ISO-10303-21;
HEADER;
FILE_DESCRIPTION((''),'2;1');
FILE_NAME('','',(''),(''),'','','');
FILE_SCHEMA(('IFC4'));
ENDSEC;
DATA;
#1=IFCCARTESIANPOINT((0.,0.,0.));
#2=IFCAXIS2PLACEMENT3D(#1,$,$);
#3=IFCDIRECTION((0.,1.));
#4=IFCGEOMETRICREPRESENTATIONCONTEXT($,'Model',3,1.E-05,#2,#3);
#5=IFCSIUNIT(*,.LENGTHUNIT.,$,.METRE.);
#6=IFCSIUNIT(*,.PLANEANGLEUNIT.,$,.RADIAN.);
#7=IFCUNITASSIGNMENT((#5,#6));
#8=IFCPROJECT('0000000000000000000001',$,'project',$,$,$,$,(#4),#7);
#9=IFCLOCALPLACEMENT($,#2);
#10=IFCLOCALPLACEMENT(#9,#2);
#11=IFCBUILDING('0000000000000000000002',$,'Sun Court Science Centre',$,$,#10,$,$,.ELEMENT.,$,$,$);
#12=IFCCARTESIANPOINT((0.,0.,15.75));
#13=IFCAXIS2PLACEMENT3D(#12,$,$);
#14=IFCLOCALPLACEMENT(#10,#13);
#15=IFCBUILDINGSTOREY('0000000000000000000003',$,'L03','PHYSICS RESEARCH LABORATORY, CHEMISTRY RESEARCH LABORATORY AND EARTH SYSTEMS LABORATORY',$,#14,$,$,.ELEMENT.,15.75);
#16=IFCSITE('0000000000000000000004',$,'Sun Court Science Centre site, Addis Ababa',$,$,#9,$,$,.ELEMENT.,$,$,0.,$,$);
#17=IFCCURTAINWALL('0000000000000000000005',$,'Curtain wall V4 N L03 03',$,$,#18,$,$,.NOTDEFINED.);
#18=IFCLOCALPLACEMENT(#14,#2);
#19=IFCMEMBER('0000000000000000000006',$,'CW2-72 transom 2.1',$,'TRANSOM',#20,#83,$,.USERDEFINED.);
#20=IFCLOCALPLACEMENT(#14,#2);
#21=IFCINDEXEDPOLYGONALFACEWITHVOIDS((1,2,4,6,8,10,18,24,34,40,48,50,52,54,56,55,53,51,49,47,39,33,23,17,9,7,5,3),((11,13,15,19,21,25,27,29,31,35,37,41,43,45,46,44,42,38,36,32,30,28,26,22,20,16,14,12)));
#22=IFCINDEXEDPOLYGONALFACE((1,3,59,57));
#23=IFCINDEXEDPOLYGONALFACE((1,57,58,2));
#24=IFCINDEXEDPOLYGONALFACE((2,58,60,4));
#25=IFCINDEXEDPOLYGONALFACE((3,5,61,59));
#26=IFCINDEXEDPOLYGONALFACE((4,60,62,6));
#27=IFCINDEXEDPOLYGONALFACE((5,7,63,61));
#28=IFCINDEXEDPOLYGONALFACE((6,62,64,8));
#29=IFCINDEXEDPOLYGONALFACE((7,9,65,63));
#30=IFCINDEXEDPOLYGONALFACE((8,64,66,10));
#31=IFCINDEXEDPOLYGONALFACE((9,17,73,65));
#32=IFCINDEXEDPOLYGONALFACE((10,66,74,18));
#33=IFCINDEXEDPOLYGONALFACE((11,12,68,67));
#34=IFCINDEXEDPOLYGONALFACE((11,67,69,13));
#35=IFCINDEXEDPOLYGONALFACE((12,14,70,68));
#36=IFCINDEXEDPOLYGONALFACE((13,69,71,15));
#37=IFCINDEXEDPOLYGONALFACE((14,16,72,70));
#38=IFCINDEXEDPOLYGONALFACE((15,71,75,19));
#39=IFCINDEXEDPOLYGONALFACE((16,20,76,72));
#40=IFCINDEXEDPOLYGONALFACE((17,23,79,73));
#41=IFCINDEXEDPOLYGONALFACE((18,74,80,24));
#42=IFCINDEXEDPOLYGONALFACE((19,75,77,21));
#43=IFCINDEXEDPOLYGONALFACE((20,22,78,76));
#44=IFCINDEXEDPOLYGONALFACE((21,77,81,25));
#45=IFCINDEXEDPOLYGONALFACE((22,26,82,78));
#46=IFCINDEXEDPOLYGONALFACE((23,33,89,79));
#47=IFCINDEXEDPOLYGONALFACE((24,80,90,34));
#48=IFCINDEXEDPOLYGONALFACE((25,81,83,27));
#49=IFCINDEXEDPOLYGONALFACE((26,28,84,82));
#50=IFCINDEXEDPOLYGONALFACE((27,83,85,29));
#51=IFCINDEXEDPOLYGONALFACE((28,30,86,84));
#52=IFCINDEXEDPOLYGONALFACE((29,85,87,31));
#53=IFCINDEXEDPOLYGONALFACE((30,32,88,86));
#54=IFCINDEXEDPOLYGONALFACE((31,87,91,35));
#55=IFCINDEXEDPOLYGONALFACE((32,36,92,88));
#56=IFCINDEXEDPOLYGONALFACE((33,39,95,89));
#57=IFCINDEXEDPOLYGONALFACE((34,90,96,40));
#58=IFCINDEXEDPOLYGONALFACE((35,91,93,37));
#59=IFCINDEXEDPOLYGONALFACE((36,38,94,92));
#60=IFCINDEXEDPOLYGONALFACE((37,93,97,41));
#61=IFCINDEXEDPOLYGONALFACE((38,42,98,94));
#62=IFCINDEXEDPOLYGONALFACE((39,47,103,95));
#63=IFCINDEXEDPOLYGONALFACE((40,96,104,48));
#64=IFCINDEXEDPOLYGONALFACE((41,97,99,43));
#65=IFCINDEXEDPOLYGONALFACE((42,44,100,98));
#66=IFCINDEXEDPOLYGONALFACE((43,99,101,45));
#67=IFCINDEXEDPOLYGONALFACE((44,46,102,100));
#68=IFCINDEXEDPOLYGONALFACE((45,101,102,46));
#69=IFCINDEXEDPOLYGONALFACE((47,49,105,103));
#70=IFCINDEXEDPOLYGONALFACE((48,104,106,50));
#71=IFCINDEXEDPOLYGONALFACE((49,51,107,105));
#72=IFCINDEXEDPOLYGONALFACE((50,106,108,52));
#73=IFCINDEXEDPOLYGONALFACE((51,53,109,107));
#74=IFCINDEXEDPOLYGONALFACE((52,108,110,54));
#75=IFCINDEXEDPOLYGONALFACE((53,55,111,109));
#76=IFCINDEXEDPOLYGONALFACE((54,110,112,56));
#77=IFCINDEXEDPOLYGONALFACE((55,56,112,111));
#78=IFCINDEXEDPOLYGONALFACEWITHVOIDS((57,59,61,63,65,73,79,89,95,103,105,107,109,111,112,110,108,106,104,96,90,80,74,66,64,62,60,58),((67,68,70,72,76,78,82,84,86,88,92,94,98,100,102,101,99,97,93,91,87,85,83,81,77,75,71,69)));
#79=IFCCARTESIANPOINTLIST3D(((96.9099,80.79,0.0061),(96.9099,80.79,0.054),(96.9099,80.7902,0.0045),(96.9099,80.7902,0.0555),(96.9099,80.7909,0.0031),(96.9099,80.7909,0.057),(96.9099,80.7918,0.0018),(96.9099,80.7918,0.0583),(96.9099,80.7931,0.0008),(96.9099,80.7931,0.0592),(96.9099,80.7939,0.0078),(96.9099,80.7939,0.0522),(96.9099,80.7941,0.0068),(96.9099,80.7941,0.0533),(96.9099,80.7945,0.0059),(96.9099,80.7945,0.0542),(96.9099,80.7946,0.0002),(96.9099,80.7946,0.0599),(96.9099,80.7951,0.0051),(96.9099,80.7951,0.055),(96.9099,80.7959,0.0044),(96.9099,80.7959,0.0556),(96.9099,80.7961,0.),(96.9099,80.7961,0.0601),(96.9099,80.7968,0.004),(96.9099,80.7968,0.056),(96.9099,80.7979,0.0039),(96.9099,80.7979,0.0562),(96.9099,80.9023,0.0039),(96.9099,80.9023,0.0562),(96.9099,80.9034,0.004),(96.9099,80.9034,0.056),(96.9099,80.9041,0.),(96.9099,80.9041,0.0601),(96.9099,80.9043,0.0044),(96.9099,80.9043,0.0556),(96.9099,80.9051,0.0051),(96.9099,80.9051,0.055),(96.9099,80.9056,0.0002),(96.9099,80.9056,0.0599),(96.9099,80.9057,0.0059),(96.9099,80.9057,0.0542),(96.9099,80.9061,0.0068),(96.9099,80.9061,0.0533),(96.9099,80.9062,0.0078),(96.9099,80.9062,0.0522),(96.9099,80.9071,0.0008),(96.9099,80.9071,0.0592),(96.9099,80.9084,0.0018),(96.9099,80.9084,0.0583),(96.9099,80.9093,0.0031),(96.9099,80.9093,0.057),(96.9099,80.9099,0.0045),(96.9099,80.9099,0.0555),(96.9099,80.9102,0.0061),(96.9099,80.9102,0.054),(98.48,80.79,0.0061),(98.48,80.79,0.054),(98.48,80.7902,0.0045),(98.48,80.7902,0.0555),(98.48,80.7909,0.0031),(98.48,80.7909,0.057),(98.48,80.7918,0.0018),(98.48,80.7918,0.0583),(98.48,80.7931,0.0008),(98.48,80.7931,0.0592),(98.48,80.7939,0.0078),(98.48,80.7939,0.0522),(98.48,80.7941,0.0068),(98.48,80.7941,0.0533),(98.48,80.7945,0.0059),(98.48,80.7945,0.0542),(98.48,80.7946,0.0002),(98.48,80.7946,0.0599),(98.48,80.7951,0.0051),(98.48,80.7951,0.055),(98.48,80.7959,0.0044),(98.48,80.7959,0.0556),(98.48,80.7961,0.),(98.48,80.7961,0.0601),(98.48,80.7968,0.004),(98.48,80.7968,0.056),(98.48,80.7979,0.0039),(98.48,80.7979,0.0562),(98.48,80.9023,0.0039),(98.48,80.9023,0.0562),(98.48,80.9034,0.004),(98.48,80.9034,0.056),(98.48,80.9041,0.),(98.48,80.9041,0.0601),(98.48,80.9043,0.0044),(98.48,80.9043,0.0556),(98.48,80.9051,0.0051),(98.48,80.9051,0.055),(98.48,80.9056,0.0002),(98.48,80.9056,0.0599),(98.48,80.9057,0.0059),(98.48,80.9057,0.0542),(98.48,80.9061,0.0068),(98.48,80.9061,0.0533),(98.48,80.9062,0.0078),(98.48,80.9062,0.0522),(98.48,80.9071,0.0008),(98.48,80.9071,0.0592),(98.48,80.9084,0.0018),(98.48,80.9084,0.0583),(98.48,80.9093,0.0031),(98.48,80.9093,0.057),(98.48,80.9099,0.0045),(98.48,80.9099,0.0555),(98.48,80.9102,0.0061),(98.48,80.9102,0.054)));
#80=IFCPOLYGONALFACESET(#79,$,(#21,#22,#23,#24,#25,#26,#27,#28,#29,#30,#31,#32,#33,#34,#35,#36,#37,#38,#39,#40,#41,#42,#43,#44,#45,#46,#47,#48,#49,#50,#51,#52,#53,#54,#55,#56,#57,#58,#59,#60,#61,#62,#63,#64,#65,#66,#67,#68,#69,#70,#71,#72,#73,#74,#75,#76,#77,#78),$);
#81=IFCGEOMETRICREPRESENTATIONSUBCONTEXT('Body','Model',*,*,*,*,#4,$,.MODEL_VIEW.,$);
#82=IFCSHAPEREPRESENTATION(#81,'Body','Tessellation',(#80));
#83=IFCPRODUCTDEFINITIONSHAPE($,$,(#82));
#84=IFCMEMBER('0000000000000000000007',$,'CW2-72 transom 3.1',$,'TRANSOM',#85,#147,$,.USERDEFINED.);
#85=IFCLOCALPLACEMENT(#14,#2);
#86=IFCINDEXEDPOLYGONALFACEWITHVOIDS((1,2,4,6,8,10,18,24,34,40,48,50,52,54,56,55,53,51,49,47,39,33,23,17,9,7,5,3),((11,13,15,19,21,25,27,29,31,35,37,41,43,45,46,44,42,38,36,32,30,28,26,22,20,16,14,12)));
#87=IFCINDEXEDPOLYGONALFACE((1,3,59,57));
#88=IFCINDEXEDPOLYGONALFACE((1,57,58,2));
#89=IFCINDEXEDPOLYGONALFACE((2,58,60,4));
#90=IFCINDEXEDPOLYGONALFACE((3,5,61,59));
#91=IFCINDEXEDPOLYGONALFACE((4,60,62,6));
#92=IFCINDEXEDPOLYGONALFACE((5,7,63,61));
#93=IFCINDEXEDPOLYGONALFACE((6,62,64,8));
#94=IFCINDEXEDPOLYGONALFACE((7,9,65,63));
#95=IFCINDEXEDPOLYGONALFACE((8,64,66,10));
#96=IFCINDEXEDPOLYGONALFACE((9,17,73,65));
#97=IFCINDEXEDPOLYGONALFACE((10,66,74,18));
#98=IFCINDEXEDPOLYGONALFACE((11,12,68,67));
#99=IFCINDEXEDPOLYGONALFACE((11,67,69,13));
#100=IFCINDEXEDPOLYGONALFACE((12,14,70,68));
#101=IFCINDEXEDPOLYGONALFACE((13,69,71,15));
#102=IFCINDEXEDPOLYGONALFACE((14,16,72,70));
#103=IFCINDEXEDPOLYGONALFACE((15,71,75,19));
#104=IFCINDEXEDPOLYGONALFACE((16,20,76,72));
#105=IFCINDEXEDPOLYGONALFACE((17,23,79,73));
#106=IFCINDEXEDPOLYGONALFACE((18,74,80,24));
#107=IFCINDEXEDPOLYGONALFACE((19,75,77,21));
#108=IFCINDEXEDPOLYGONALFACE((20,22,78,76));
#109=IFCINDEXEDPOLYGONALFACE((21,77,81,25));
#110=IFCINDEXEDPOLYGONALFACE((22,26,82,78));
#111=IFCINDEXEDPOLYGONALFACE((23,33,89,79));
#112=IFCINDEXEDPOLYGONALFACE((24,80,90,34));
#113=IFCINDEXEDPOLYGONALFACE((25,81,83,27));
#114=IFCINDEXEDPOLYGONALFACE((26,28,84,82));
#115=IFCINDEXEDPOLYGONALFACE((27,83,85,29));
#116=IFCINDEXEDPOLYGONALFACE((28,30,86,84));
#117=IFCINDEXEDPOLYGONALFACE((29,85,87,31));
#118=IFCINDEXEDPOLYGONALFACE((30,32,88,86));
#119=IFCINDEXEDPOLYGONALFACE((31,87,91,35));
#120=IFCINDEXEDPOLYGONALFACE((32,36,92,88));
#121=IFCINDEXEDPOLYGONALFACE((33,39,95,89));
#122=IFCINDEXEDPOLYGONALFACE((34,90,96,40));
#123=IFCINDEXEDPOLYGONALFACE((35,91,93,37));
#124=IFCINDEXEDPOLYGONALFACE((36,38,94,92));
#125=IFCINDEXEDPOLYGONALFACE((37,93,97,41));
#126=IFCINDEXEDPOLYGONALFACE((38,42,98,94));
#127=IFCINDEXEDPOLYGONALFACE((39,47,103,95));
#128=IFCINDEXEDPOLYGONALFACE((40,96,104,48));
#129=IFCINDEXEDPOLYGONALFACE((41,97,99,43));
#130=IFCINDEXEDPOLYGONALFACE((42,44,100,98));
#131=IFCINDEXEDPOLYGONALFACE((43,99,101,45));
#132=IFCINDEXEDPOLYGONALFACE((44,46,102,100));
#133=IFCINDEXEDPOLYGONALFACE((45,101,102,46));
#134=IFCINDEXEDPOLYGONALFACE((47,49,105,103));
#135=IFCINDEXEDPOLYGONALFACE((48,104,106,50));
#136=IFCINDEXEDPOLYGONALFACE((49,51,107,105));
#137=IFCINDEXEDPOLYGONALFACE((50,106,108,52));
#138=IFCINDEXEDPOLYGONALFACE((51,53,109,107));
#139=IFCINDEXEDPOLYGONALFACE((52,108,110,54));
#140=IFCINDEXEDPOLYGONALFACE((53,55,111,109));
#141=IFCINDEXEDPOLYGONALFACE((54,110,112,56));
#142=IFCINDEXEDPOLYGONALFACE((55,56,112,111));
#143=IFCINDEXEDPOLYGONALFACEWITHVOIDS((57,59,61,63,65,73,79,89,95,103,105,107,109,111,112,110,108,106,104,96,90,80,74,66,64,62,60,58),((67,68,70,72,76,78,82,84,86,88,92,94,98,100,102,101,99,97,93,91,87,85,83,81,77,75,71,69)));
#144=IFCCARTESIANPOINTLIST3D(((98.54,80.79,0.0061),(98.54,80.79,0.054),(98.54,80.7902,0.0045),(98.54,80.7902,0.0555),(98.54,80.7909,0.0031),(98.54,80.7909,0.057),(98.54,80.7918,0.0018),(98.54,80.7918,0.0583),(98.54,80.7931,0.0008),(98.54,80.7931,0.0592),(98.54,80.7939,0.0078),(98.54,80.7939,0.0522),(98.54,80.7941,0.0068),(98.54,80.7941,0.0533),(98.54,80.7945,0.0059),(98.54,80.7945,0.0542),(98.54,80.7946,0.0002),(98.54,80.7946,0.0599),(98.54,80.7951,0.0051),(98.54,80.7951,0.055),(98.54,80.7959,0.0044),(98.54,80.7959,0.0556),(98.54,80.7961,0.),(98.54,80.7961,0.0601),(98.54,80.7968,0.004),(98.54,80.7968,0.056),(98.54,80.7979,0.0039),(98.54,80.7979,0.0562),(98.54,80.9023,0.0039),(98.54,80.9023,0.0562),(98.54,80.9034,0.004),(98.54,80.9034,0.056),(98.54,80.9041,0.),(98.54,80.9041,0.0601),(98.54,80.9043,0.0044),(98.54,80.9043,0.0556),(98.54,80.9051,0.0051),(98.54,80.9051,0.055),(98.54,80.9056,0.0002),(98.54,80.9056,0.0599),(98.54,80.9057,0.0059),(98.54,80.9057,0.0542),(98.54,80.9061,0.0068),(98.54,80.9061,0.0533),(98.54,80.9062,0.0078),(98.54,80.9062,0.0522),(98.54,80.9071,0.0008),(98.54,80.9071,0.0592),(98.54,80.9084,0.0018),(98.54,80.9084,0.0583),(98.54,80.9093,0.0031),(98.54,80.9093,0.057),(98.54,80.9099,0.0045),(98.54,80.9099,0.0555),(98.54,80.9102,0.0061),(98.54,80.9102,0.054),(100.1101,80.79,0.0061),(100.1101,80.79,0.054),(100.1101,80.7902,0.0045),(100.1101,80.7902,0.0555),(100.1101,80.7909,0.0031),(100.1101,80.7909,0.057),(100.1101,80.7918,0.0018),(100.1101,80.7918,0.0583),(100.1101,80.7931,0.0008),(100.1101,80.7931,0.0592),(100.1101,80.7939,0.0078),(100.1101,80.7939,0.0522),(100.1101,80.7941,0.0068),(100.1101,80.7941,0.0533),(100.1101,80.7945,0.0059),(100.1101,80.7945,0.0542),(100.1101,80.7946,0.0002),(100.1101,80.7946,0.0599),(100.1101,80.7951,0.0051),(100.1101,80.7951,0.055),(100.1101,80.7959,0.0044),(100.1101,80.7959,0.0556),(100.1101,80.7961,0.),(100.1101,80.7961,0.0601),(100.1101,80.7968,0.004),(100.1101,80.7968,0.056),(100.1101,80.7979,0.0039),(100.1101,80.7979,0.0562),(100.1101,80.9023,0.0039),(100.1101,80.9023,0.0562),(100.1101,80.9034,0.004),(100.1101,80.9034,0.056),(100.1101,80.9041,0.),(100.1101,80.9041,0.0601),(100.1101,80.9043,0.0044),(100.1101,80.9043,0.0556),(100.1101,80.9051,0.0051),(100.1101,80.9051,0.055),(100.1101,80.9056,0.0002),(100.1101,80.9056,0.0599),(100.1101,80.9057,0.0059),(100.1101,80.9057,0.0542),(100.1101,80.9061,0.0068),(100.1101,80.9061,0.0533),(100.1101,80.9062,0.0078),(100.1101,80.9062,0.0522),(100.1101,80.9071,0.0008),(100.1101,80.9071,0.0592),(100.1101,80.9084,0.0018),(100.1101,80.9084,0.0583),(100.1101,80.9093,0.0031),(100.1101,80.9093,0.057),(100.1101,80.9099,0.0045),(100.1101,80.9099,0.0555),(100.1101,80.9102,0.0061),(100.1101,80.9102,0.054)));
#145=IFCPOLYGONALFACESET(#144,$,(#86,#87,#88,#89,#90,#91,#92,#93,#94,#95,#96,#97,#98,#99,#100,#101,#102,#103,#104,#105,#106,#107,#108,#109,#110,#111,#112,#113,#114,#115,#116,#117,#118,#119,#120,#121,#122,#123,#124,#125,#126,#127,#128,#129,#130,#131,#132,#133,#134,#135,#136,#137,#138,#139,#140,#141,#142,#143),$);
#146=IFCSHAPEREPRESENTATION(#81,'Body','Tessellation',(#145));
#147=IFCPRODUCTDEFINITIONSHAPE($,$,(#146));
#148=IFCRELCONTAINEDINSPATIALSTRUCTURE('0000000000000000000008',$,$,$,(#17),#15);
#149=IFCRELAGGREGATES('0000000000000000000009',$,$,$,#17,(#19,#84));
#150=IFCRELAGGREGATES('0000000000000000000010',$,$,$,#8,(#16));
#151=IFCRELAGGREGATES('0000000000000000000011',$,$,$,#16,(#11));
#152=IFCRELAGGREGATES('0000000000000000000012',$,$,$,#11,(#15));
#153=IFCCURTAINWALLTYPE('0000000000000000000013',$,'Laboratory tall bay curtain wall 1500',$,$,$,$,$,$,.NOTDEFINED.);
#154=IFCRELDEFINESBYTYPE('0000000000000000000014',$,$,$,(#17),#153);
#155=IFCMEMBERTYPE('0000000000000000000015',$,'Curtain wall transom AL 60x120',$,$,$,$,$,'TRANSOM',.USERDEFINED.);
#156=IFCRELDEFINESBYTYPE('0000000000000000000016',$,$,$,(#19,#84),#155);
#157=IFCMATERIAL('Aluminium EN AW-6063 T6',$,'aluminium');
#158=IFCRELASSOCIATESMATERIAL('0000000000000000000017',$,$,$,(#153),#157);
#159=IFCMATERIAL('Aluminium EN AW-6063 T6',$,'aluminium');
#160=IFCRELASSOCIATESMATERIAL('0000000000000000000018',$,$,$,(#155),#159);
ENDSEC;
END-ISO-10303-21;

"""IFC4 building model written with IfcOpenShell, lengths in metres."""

from ifc_helpers import new_model, si_unit, direction, frame, origin, origin_2d, place, context, subcontext, project, spatial, hollow_rectangle, extrude, material, material_profile, profile_set, type_object, element, aggregate, save


model = new_model("IFC4")

# Units and contexts
model_context = context("Model", 3, precision=1e-05, world=origin(), true_north=direction((0.0, 1.0)))
body_context = subcontext(model_context, "Body", "Model", "MODEL_VIEW")
ifc_project = project(units=[si_unit("LENGTHUNIT", "METRE"), si_unit("PLANEANGLEUNIT", "RADIAN")], contexts=[model_context])

# Site, building, storey
site_placement = place(None, origin())
site = spatial("IfcSite", under=ifc_project, at=site_placement, Name="Sun Court Science Centre site, Addis Ababa", CompositionType="ELEMENT", RefElevation=0.0)
building_placement = place(site_placement, origin())
building = spatial("IfcBuilding", under=site, at=building_placement, Name="Sun Court Science Centre", CompositionType="ELEMENT")
storey_placement = place(building_placement, frame((0.0, 0.0, 15.75)))
storey = spatial("IfcBuildingStorey", under=building, at=storey_placement, Name="L03", Description="PHYSICS RESEARCH LABORATORY, CHEMISTRY RESEARCH LABORATORY AND EARTH SYSTEMS LABORATORY", CompositionType="ELEMENT", Elevation=15.75)

# Shared definitions
ifc_material_1 = material(Name="Aluminium EN AW-6063 T6", Category="aluminium")
curtain_wall_type = type_object("IfcCurtainWallType", Name="Laboratory tall bay curtain wall 1500", PredefinedType="NOTDEFINED", material=ifc_material_1)

# Curtain wall
curtain_wall_1_placement = place(storey_placement, origin())
curtain_wall_1 = element("IfcCurtainWall", 1, at=curtain_wall_1_placement, inside=storey, type_object=curtain_wall_type, Name="Curtain wall V4 N L03 03", PredefinedType="NOTDEFINED")

# Members
ifc_material_2 = material(Name="Aluminium EN AW-6063 T6", Category="aluminium")
ifc_material_profile_1 = material_profile(ifc_material_2, hollow_rectangle(XDim=0.0601, YDim=0.1201, WallThickness=0.0039, InnerFilletRadius=0.0039, OuterFilletRadius=0.0061, at=origin_2d()), Name="AL 60x120x4")
ifc_profile_set_1 = profile_set([ifc_material_profile_1], Name="Aluminium EN AW-6063 T6")
member_type_1 = type_object("IfcMemberType", Name="Curtain wall transom AL 60x120", ElementType="TRANSOM", PredefinedType="USERDEFINED", material=ifc_profile_set_1)
member_1_placement = place(storey_placement, frame((96.9099, 80.8501, 0.03), z_axis=(1.0, 0.0, 0.0), x_axis=(0.0, 0.0, 1.0)))
member_1 = element("IfcMember", 2, at=member_1_placement, type_object=member_type_1, Name="CW2-72 transom 2.1", ObjectType="TRANSOM", PredefinedType="USERDEFINED", context=body_context, shape_type="SweptSolid", body=[
    extrude(hollow_rectangle(XDim=0.0601, YDim=0.1201, WallThickness=0.0039, InnerFilletRadius=0.0039, OuterFilletRadius=0.0061, at=origin_2d()), origin(), (0.0, 0.0, 1.0), 1.5701),
])
member_2_placement = place(storey_placement, frame((98.54, 80.8501, 0.03), z_axis=(1.0, 0.0, 0.0), x_axis=(0.0, 0.0, 1.0)))
member_2 = element("IfcMember", 3, at=member_2_placement, type_object=member_type_1, Name="CW2-72 transom 3.1", ObjectType="TRANSOM", PredefinedType="USERDEFINED", context=body_context, shape_type="SweptSolid", body=[
    extrude(hollow_rectangle(XDim=0.0601, YDim=0.1201, WallThickness=0.0039, InnerFilletRadius=0.0039, OuterFilletRadius=0.0061, at=origin_2d()), origin(), (0.0, 0.0, 1.0), 1.5701),
])

aggregate(curtain_wall_1, [member_1, member_2])

save(model, "model.ifc")
